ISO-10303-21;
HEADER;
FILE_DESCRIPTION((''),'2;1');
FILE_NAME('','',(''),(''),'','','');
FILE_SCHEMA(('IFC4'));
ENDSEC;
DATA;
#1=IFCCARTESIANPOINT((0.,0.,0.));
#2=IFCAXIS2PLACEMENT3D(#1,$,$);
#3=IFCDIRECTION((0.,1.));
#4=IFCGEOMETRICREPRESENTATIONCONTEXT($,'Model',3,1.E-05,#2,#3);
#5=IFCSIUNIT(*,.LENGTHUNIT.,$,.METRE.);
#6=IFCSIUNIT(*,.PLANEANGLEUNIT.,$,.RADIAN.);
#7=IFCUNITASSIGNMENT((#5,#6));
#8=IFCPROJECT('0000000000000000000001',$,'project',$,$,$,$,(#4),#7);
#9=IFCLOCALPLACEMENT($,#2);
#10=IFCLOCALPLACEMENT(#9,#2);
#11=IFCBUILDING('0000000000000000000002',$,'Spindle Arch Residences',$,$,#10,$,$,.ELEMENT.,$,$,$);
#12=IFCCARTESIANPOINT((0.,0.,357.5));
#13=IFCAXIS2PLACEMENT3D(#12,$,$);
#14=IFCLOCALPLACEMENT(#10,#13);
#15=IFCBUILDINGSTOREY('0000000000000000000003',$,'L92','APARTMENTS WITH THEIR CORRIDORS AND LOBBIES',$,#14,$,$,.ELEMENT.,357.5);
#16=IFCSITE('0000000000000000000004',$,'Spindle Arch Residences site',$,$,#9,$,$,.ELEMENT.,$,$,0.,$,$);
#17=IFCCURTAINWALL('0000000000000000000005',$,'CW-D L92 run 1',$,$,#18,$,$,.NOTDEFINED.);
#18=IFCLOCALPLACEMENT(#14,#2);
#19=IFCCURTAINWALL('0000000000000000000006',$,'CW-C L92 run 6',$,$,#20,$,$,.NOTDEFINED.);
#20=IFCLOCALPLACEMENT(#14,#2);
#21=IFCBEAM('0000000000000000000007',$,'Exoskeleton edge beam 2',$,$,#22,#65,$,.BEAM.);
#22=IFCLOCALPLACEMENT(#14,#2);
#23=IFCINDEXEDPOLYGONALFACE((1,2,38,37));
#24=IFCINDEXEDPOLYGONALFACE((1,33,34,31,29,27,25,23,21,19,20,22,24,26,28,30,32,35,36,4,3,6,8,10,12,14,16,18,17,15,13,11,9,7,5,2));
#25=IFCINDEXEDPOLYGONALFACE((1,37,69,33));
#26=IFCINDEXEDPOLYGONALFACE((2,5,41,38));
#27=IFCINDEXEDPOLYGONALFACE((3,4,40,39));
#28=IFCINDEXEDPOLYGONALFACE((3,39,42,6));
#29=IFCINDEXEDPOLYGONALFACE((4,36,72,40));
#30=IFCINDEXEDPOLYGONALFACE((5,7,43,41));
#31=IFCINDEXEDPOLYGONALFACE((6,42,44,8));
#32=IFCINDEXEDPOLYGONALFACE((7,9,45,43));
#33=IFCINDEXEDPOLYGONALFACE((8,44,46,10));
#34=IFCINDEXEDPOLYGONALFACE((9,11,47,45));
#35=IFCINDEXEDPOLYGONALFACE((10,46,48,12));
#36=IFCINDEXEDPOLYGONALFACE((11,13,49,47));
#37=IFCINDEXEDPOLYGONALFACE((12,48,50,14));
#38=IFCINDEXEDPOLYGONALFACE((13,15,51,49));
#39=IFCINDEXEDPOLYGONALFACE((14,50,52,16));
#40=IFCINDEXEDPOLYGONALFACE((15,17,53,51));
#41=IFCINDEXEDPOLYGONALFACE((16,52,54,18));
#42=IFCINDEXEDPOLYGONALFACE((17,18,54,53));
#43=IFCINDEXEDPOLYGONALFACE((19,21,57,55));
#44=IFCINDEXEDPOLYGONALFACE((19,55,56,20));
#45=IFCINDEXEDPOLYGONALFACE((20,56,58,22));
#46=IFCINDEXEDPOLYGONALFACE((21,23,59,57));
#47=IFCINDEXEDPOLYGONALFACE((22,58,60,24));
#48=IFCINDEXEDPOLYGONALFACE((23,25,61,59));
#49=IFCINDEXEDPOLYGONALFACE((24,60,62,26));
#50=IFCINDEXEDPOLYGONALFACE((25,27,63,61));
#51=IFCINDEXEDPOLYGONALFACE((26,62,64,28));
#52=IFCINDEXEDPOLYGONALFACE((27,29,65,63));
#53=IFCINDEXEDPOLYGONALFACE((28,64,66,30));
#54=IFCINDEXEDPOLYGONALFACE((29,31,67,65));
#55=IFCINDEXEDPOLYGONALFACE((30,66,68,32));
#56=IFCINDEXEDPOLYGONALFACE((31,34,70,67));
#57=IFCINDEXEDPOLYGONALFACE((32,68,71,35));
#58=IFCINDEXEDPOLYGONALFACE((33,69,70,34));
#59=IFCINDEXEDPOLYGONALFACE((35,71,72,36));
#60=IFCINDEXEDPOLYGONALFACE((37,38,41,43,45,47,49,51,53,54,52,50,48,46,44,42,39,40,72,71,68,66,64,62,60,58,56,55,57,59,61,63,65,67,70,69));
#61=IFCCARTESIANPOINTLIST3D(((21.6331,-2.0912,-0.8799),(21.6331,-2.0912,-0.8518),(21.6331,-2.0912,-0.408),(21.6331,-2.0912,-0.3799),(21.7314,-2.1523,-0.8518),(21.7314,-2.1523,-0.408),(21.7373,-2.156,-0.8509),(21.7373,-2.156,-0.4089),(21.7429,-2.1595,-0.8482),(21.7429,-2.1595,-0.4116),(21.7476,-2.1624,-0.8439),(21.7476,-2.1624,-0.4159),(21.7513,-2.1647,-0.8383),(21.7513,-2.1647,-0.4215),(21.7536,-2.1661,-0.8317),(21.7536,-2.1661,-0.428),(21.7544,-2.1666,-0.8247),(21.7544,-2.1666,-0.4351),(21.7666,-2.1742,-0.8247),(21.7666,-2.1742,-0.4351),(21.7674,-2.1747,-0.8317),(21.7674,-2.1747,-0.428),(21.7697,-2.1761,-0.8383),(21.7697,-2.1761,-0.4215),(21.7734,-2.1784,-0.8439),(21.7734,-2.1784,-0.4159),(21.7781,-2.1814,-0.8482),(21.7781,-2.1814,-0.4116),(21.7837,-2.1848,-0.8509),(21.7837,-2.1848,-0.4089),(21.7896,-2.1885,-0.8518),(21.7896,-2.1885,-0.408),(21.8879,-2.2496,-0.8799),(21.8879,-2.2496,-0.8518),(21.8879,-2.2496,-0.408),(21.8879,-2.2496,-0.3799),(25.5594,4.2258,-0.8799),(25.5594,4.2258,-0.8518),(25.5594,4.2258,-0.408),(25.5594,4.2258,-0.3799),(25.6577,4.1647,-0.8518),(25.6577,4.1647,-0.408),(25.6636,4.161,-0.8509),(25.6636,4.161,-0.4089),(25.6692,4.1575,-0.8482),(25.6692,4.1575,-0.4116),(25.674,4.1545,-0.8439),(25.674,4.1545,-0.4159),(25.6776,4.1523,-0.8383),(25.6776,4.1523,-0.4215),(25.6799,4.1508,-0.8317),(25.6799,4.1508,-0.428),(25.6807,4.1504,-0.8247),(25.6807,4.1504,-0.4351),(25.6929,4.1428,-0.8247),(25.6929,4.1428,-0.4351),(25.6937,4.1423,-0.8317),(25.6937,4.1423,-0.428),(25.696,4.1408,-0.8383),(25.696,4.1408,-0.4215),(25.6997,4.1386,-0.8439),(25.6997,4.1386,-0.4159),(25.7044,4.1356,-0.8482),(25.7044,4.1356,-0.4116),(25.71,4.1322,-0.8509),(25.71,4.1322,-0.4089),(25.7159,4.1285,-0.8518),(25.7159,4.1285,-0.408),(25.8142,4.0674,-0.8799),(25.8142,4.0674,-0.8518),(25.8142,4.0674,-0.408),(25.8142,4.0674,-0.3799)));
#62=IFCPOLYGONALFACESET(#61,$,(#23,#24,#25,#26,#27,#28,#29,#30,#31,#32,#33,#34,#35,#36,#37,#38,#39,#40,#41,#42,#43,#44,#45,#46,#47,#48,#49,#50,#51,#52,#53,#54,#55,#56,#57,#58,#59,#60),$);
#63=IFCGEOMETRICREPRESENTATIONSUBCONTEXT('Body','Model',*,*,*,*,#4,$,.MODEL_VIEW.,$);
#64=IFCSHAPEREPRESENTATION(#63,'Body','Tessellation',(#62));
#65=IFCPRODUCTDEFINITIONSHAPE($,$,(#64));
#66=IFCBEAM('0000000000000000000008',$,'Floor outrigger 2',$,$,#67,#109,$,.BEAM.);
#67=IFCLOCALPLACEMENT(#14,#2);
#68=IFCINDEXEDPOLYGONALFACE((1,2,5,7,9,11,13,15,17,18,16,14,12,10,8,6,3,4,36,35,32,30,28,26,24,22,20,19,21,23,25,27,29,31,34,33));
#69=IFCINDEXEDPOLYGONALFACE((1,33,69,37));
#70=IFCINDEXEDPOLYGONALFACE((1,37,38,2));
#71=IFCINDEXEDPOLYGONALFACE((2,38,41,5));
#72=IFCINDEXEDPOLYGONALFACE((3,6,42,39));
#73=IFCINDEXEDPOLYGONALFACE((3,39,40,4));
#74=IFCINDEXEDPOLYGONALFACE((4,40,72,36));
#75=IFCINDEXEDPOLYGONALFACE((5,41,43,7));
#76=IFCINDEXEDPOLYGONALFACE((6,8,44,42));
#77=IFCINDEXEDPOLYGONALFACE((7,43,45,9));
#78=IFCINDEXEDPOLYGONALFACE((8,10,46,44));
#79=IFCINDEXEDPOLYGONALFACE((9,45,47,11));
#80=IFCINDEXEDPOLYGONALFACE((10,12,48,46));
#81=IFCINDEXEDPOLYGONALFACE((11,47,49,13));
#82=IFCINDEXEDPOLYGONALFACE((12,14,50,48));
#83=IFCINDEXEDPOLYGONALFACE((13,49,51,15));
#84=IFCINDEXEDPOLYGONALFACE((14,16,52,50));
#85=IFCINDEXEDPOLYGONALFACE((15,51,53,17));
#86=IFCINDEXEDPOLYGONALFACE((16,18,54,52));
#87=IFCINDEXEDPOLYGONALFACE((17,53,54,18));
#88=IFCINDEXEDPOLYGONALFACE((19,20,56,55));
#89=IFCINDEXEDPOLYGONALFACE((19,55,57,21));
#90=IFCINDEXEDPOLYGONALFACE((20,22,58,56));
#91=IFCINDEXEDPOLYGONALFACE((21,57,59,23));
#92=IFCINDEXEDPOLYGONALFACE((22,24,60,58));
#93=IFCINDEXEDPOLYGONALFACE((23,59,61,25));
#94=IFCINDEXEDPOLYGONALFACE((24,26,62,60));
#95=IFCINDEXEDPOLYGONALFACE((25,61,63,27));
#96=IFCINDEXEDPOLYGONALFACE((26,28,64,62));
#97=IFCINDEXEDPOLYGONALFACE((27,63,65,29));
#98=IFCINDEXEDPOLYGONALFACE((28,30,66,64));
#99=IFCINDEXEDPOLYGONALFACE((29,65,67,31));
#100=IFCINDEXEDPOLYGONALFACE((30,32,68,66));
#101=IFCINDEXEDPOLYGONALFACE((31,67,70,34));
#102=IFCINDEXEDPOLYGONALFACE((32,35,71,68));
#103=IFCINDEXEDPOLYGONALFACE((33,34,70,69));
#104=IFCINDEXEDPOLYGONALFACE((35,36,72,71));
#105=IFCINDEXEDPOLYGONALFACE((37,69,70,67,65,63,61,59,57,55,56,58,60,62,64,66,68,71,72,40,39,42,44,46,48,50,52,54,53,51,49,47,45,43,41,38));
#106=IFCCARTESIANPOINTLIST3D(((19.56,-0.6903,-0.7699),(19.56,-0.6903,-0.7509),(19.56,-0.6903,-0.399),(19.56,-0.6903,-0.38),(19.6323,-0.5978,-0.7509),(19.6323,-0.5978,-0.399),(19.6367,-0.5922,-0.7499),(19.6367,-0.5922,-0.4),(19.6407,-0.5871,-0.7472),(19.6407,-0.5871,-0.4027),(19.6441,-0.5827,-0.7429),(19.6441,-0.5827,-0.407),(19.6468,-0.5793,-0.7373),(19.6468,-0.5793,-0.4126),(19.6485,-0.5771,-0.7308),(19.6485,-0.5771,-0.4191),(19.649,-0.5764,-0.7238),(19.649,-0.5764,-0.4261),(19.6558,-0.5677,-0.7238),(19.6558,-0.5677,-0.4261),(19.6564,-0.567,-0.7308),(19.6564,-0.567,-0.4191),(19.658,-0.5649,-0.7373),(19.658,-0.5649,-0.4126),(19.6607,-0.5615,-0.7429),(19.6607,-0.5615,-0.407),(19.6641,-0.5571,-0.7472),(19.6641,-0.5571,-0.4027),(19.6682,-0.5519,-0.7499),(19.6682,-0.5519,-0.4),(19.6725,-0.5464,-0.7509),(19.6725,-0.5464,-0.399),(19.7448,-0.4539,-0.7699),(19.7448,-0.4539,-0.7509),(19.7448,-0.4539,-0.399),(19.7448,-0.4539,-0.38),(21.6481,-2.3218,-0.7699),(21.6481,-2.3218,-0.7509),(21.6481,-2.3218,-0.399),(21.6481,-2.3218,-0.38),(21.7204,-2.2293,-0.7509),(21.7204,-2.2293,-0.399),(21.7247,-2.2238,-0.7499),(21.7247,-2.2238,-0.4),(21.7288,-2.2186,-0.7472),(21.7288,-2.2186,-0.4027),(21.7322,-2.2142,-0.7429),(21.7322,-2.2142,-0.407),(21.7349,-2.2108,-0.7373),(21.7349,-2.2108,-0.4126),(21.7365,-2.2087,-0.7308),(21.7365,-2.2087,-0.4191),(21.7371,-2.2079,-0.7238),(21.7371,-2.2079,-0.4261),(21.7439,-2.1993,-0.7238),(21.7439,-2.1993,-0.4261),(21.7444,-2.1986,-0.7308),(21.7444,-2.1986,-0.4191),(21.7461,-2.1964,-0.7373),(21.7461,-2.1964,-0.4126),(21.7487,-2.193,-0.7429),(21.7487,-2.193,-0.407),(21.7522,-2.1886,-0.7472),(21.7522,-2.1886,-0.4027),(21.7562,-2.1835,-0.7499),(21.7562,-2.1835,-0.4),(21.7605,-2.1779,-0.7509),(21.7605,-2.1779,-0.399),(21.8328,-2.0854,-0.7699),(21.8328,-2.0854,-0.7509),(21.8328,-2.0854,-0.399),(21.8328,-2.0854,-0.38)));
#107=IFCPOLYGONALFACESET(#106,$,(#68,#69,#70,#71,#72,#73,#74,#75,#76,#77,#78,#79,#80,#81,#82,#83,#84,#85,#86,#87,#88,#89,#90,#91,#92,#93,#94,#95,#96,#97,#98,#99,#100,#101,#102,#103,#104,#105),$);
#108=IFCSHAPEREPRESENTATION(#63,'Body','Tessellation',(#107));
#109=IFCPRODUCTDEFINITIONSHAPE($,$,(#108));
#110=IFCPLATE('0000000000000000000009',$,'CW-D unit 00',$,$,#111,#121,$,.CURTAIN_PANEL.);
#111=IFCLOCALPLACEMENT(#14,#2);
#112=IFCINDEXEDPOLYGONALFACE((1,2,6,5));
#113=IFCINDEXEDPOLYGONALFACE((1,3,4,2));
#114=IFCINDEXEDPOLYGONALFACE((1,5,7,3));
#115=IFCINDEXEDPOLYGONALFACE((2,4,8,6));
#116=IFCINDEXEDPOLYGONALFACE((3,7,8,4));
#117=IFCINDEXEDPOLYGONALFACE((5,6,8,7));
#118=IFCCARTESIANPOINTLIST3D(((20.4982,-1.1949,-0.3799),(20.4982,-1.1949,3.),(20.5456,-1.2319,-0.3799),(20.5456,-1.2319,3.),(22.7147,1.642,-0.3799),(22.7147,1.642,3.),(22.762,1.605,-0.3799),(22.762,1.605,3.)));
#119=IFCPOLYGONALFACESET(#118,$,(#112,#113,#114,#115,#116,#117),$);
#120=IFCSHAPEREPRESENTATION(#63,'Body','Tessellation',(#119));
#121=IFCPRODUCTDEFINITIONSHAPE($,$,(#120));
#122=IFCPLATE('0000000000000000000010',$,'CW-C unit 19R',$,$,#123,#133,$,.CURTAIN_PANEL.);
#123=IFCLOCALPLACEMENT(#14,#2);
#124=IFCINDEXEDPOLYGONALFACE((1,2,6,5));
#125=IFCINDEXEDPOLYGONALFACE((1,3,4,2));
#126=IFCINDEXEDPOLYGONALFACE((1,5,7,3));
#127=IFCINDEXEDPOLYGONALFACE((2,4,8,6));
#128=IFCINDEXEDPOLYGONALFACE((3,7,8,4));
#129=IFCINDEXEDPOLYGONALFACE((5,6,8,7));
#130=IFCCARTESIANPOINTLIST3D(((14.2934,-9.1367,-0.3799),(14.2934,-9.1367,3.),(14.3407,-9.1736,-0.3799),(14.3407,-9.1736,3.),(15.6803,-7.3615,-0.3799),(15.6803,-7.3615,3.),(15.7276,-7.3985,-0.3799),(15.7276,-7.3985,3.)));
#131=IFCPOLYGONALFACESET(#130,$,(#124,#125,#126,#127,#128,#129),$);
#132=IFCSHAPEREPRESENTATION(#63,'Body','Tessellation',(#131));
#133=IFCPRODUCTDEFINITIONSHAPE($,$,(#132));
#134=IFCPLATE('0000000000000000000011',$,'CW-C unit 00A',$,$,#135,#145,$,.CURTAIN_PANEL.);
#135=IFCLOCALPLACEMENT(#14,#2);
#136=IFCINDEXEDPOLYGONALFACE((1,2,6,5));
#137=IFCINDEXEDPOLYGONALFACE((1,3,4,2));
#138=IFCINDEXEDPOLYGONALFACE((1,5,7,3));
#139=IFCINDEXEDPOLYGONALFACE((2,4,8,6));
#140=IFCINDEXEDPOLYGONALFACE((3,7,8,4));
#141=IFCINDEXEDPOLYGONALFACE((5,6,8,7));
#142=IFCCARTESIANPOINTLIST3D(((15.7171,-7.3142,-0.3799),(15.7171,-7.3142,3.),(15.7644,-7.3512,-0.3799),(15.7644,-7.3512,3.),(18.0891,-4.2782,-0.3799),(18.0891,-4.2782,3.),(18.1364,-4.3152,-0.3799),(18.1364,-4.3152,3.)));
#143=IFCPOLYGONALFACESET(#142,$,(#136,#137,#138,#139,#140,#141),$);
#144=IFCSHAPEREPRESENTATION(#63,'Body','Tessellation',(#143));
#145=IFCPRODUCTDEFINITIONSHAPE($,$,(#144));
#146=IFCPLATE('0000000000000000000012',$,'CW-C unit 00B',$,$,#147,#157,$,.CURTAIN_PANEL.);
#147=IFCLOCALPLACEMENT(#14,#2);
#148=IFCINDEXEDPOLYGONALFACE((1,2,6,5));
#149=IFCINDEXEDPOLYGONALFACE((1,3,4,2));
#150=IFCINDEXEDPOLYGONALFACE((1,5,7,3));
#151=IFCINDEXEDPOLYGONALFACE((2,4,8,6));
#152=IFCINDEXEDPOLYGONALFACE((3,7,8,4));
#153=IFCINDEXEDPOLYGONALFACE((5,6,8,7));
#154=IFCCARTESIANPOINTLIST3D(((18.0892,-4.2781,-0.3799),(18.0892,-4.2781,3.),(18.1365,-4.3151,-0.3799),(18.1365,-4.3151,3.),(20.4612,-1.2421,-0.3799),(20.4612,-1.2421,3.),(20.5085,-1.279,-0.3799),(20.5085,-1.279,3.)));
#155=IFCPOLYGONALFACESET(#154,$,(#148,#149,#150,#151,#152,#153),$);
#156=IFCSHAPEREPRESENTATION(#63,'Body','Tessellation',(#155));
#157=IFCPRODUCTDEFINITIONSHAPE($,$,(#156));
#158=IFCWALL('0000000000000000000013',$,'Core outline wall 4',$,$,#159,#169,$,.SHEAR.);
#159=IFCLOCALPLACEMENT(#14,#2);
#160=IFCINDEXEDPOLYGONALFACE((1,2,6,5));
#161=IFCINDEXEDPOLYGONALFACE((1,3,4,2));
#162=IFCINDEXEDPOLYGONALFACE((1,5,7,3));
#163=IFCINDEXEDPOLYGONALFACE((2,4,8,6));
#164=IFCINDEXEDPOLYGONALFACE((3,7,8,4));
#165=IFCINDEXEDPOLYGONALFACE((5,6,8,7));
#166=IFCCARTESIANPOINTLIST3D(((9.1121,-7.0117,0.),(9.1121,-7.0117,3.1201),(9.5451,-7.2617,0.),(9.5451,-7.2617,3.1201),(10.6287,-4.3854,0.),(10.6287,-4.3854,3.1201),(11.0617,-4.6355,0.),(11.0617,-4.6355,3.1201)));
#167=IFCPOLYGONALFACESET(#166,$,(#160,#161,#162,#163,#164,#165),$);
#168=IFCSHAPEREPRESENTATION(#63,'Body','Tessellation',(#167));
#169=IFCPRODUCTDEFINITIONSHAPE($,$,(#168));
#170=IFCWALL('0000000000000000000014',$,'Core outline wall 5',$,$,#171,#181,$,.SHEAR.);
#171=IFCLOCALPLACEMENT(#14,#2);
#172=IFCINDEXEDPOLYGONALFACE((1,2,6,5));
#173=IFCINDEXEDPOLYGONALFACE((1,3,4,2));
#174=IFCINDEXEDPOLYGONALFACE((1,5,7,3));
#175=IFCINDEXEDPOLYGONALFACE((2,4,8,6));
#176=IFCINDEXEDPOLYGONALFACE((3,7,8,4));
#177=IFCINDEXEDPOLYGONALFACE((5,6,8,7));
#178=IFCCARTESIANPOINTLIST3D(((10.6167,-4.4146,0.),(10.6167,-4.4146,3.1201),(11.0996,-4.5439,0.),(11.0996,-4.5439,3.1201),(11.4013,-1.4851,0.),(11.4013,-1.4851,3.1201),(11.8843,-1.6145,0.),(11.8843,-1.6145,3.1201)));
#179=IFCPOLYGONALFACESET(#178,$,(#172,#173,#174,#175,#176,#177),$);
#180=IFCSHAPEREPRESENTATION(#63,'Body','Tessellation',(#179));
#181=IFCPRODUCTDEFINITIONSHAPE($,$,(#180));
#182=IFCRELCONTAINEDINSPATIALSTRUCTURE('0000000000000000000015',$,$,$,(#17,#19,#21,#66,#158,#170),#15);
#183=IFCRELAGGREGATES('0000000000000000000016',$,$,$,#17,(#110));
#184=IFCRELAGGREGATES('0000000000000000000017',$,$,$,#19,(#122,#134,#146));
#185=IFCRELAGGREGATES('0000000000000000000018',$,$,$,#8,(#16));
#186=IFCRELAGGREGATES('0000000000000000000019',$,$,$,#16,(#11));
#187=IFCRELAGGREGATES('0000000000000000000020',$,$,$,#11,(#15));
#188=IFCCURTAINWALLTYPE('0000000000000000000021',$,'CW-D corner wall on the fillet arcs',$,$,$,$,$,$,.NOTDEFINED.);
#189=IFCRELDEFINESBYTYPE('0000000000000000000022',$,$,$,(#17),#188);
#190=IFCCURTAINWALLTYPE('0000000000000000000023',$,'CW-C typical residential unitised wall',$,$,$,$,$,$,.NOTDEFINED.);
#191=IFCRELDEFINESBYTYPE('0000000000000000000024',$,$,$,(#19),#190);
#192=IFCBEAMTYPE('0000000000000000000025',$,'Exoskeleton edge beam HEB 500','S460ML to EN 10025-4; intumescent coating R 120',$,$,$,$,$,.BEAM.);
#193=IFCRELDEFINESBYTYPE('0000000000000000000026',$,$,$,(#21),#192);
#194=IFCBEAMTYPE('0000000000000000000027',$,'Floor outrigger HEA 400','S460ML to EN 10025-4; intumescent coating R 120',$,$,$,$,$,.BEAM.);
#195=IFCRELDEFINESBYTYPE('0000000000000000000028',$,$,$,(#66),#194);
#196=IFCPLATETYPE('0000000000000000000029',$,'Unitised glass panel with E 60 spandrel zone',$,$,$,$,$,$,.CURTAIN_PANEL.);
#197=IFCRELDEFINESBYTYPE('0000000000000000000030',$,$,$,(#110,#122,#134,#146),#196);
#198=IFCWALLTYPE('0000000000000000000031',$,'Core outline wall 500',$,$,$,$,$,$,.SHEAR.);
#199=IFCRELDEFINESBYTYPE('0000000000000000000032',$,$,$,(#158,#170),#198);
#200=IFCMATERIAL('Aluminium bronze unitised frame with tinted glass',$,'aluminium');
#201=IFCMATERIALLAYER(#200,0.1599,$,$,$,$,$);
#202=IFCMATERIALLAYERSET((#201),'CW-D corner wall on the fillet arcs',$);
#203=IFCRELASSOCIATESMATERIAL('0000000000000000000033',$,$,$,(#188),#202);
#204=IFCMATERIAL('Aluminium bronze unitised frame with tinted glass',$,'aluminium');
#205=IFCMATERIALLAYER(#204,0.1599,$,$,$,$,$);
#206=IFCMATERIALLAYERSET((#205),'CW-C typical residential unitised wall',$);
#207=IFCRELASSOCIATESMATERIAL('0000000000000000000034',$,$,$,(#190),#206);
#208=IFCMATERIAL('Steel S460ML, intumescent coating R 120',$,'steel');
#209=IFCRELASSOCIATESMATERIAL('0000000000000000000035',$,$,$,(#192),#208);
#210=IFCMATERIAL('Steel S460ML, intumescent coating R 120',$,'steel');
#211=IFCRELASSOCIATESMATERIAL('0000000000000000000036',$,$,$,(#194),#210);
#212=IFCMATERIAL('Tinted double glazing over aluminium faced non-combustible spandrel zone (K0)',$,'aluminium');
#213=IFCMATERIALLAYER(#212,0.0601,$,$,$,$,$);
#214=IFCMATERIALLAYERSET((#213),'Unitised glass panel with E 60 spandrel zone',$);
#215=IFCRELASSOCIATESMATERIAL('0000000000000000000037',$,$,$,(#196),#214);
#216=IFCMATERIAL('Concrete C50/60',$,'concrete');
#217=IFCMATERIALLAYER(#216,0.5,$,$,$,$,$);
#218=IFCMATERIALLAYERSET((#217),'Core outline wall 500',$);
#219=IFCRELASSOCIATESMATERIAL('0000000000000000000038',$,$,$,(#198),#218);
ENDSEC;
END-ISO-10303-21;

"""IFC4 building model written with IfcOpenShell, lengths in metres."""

from ifc_helpers import new_model, si_unit, direction, frame, frame_2d, origin, origin_2d, place, context, subcontext, project, spatial, rectangle, i_section, extrude, material, layer, layer_set, material_profile, profile_set, type_object, element, aggregate, save


model = new_model("IFC4")

# Units and contexts
model_context = context("Model", 3, precision=1e-05, world=origin(), true_north=direction((0.0, 1.0)))
body_context = subcontext(model_context, "Body", "Model", "MODEL_VIEW")
ifc_project = project(units=[si_unit("LENGTHUNIT", "METRE"), si_unit("PLANEANGLEUNIT", "RADIAN")], contexts=[model_context])

# Site, building, storey
site_placement = place(None, origin())
site = spatial("IfcSite", under=ifc_project, at=site_placement, Name="Spindle Arch Residences site", CompositionType="ELEMENT", RefElevation=0.0)
building_placement = place(site_placement, origin())
building = spatial("IfcBuilding", under=site, at=building_placement, Name="Spindle Arch Residences", CompositionType="ELEMENT")
storey_placement = place(building_placement, frame((0.0, 0.0, 357.5)))
storey = spatial("IfcBuildingStorey", under=building, at=storey_placement, Name="L92", Description="APARTMENTS WITH THEIR CORRIDORS AND LOBBIES", CompositionType="ELEMENT", Elevation=357.5)

# Curtain wall
ifc_material_1 = material(Name="Aluminium bronze unitised frame with tinted glass", Category="aluminium")
ifc_layer_1 = layer(ifc_material_1, 0.1599)
ifc_layer_set_1 = layer_set([ifc_layer_1], Name="CW-D corner wall on the fillet arcs")
curtain_wall_type_1 = type_object("IfcCurtainWallType", Name="CW-D corner wall on the fillet arcs", PredefinedType="NOTDEFINED", material=ifc_layer_set_1)
curtain_wall_1_placement = place(storey_placement, origin())
curtain_wall_1 = element("IfcCurtainWall", 1, at=curtain_wall_1_placement, inside=storey, type_object=curtain_wall_type_1, Name="CW-D L92 run 1", PredefinedType="NOTDEFINED")

# Curtain wall
ifc_material_2 = material(Name="Aluminium bronze unitised frame with tinted glass", Category="aluminium")
ifc_layer_2 = layer(ifc_material_2, 0.1599)
ifc_layer_set_2 = layer_set([ifc_layer_2], Name="CW-C typical residential unitised wall")
curtain_wall_type_2 = type_object("IfcCurtainWallType", Name="CW-C typical residential unitised wall", PredefinedType="NOTDEFINED", material=ifc_layer_set_2)
curtain_wall_2_placement = place(storey_placement, origin())
curtain_wall_2 = element("IfcCurtainWall", 2, at=curtain_wall_2_placement, inside=storey, type_object=curtain_wall_type_2, Name="CW-C L92 run 6", PredefinedType="NOTDEFINED")

# Beams
ifc_material_3 = material(Name="Steel S460ML, intumescent coating R 120", Category="steel")
ifc_material_profile_1 = material_profile(ifc_material_3, i_section(OverallWidth=0.3, OverallDepth=0.5, WebThickness=0.0144, FlangeThickness=0.0281, FilletRadius=0.0271, at=origin_2d()), Name="HEB 500")
ifc_profile_set_1 = profile_set([ifc_material_profile_1], Name="Steel S460ML, intumescent coating R 120")
beam_type_1 = type_object("IfcBeamType", Name="Exoskeleton edge beam HEB 500", Description="S460ML to EN 10025-4; intumescent coating R 120", PredefinedType="BEAM", material=ifc_profile_set_1)
beam_1_placement = place(storey_placement, frame((21.7605, -2.1704, -0.6299), z_axis=(0.527891, 0.849312, 0.0), x_axis=(-0.849312, 0.527891, 0.0)))
element("IfcBeam", 3, at=beam_1_placement, inside=storey, type_object=beam_type_1, Name="Exoskeleton edge beam 2", PredefinedType="BEAM", context=body_context, shape_type="SweptSolid", body=[
    extrude(i_section(OverallWidth=0.3, OverallDepth=0.5, WebThickness=0.0144, FlangeThickness=0.0281, FilletRadius=0.0271, at=origin_2d()), origin(), (0.0, 0.0, 1.0), 7.4377),
])
ifc_material_4 = material(Name="Steel S460ML, intumescent coating R 120", Category="steel")
ifc_material_profile_2 = material_profile(ifc_material_4, i_section(OverallWidth=0.3, OverallDepth=0.3899, WebThickness=0.011, FlangeThickness=0.019, FilletRadius=0.0271, at=origin_2d()), Name="HEA 400")
ifc_profile_set_2 = profile_set([ifc_material_profile_2], Name="Steel S460ML, intumescent coating R 120")
beam_type_2 = type_object("IfcBeamType", Name="Floor outrigger HEA 400", Description="S460ML to EN 10025-4; intumescent coating R 120", PredefinedType="BEAM", material=ifc_profile_set_2)
beam_2_placement = place(storey_placement, frame((21.7405, -2.2036, -0.575), z_axis=(-0.787981, 0.615699, 0.0), x_axis=(-0.615699, -0.787981, 0.0)))
element("IfcBeam", 4, at=beam_2_placement, inside=storey, type_object=beam_type_2, Name="Floor outrigger 2", PredefinedType="BEAM", context=body_context, shape_type="SweptSolid", body=[
    extrude(i_section(OverallWidth=0.3, OverallDepth=0.3899, WebThickness=0.011, FlangeThickness=0.019, FilletRadius=0.0271, at=origin_2d()), origin(), (0.0, 0.0, 1.0), 2.6499),
])

# Plates
ifc_material_5 = material(Name="Tinted double glazing over aluminium faced non-combustible spandrel zone (K0)", Category="aluminium")
ifc_layer_3 = layer(ifc_material_5, 0.0601)
ifc_layer_set_3 = layer_set([ifc_layer_3], Name="Unitised glass panel with E 60 spandrel zone")
plate_type = type_object("IfcPlateType", Name="Unitised glass panel with E 60 spandrel zone", PredefinedType="CURTAIN_PANEL", material=ifc_layer_set_3)
plate_1_placement = place(storey_placement, frame((21.6301, 0.2051, -0.3799), z_axis=(0.0, 0.0, 1.0), x_axis=(0.615661, 0.788011, 0.0)))
plate_1 = element("IfcPlate", 5, at=plate_1_placement, type_object=plate_type, Name="CW-D unit 00", PredefinedType="CURTAIN_PANEL", context=body_context, shape_type="SweptSolid", body=[
    extrude(rectangle(XDim=3.6001, YDim=0.0601, at=origin_2d()), origin(), (0.0, 0.0, 1.0), 3.3799),
])
aggregate(curtain_wall_1, [plate_1])
plate_2_placement = place(storey_placement, frame((15.0105, -8.2676, -0.3799), z_axis=(0.0, 0.0, 1.0), x_axis=(0.615661, 0.788011, 0.0)))
plate_2 = element("IfcPlate", 6, at=plate_2_placement, type_object=plate_type, Name="CW-C unit 19R", PredefinedType="CURTAIN_PANEL", context=body_context, shape_type="SweptSolid", body=[
    extrude(rectangle(XDim=2.2527, YDim=0.0601, at=origin_2d()), origin(), (0.0, 0.0, 1.0), 3.3799),
])
plate_3_placement = place(storey_placement, frame((16.9268, -5.8147, -0.3799), z_axis=(0.0, 0.0, 1.0), x_axis=(0.615661, 0.788011, 0.0)))
plate_3 = element("IfcPlate", 7, at=plate_3_placement, type_object=plate_type, Name="CW-C unit 00A", PredefinedType="CURTAIN_PANEL", context=body_context, shape_type="SweptSolid", body=[
    extrude(rectangle(XDim=3.8528, YDim=0.0601, at=origin_2d()), origin(), (0.0, 0.0, 1.0), 3.3799),
])
plate_4_placement = place(storey_placement, frame((19.2988, -2.7786, -0.3799), z_axis=(0.0, 0.0, 1.0), x_axis=(0.615661, 0.788011, 0.0)))
plate_4 = element("IfcPlate", 8, at=plate_4_placement, type_object=plate_type, Name="CW-C unit 00B", PredefinedType="CURTAIN_PANEL", context=body_context, shape_type="SweptSolid", body=[
    extrude(rectangle(XDim=3.8528, YDim=0.0601, at=origin_2d()), origin(), (0.0, 0.0, 1.0), 3.3799),
])
aggregate(curtain_wall_2, [plate_2, plate_3, plate_4])

# Walls
ifc_material_6 = material(Name="Concrete C50/60", Category="concrete")
ifc_layer_4 = layer(ifc_material_6, 0.5)
ifc_layer_set_4 = layer_set([ifc_layer_4], Name="Core outline wall 500")
wall_type_1 = type_object("IfcWallType", Name="Core outline wall 500", PredefinedType="SHEAR", material=ifc_layer_set_4)
for number, where, z_axis, x_axis, name in (
    (9, (9.3286, -7.1367, 0.0), (0.0, 0.0, 1.0), (0.500087, 0.865975, 0.0), "Core outline wall 4"),
    (10, (10.8582, -4.4792, 0.0), (0.0, 0.0, 1.0), (0.258735, 0.965948, 0.0), "Core outline wall 5"),
):
    element("IfcWall", number, at=place(storey_placement, frame(where, z_axis=z_axis, x_axis=x_axis)), inside=storey, type_object=wall_type_1, Name=name, PredefinedType="SHEAR", context=body_context, shape_type="SweptSolid", body=[
        extrude(rectangle(XDim=3.0327, YDim=0.5, at=frame_2d((1.5164, 0.0))), origin(), (0.0, 0.0, 1.0), 3.1201),
    ])

save(model, "model.ifc")
